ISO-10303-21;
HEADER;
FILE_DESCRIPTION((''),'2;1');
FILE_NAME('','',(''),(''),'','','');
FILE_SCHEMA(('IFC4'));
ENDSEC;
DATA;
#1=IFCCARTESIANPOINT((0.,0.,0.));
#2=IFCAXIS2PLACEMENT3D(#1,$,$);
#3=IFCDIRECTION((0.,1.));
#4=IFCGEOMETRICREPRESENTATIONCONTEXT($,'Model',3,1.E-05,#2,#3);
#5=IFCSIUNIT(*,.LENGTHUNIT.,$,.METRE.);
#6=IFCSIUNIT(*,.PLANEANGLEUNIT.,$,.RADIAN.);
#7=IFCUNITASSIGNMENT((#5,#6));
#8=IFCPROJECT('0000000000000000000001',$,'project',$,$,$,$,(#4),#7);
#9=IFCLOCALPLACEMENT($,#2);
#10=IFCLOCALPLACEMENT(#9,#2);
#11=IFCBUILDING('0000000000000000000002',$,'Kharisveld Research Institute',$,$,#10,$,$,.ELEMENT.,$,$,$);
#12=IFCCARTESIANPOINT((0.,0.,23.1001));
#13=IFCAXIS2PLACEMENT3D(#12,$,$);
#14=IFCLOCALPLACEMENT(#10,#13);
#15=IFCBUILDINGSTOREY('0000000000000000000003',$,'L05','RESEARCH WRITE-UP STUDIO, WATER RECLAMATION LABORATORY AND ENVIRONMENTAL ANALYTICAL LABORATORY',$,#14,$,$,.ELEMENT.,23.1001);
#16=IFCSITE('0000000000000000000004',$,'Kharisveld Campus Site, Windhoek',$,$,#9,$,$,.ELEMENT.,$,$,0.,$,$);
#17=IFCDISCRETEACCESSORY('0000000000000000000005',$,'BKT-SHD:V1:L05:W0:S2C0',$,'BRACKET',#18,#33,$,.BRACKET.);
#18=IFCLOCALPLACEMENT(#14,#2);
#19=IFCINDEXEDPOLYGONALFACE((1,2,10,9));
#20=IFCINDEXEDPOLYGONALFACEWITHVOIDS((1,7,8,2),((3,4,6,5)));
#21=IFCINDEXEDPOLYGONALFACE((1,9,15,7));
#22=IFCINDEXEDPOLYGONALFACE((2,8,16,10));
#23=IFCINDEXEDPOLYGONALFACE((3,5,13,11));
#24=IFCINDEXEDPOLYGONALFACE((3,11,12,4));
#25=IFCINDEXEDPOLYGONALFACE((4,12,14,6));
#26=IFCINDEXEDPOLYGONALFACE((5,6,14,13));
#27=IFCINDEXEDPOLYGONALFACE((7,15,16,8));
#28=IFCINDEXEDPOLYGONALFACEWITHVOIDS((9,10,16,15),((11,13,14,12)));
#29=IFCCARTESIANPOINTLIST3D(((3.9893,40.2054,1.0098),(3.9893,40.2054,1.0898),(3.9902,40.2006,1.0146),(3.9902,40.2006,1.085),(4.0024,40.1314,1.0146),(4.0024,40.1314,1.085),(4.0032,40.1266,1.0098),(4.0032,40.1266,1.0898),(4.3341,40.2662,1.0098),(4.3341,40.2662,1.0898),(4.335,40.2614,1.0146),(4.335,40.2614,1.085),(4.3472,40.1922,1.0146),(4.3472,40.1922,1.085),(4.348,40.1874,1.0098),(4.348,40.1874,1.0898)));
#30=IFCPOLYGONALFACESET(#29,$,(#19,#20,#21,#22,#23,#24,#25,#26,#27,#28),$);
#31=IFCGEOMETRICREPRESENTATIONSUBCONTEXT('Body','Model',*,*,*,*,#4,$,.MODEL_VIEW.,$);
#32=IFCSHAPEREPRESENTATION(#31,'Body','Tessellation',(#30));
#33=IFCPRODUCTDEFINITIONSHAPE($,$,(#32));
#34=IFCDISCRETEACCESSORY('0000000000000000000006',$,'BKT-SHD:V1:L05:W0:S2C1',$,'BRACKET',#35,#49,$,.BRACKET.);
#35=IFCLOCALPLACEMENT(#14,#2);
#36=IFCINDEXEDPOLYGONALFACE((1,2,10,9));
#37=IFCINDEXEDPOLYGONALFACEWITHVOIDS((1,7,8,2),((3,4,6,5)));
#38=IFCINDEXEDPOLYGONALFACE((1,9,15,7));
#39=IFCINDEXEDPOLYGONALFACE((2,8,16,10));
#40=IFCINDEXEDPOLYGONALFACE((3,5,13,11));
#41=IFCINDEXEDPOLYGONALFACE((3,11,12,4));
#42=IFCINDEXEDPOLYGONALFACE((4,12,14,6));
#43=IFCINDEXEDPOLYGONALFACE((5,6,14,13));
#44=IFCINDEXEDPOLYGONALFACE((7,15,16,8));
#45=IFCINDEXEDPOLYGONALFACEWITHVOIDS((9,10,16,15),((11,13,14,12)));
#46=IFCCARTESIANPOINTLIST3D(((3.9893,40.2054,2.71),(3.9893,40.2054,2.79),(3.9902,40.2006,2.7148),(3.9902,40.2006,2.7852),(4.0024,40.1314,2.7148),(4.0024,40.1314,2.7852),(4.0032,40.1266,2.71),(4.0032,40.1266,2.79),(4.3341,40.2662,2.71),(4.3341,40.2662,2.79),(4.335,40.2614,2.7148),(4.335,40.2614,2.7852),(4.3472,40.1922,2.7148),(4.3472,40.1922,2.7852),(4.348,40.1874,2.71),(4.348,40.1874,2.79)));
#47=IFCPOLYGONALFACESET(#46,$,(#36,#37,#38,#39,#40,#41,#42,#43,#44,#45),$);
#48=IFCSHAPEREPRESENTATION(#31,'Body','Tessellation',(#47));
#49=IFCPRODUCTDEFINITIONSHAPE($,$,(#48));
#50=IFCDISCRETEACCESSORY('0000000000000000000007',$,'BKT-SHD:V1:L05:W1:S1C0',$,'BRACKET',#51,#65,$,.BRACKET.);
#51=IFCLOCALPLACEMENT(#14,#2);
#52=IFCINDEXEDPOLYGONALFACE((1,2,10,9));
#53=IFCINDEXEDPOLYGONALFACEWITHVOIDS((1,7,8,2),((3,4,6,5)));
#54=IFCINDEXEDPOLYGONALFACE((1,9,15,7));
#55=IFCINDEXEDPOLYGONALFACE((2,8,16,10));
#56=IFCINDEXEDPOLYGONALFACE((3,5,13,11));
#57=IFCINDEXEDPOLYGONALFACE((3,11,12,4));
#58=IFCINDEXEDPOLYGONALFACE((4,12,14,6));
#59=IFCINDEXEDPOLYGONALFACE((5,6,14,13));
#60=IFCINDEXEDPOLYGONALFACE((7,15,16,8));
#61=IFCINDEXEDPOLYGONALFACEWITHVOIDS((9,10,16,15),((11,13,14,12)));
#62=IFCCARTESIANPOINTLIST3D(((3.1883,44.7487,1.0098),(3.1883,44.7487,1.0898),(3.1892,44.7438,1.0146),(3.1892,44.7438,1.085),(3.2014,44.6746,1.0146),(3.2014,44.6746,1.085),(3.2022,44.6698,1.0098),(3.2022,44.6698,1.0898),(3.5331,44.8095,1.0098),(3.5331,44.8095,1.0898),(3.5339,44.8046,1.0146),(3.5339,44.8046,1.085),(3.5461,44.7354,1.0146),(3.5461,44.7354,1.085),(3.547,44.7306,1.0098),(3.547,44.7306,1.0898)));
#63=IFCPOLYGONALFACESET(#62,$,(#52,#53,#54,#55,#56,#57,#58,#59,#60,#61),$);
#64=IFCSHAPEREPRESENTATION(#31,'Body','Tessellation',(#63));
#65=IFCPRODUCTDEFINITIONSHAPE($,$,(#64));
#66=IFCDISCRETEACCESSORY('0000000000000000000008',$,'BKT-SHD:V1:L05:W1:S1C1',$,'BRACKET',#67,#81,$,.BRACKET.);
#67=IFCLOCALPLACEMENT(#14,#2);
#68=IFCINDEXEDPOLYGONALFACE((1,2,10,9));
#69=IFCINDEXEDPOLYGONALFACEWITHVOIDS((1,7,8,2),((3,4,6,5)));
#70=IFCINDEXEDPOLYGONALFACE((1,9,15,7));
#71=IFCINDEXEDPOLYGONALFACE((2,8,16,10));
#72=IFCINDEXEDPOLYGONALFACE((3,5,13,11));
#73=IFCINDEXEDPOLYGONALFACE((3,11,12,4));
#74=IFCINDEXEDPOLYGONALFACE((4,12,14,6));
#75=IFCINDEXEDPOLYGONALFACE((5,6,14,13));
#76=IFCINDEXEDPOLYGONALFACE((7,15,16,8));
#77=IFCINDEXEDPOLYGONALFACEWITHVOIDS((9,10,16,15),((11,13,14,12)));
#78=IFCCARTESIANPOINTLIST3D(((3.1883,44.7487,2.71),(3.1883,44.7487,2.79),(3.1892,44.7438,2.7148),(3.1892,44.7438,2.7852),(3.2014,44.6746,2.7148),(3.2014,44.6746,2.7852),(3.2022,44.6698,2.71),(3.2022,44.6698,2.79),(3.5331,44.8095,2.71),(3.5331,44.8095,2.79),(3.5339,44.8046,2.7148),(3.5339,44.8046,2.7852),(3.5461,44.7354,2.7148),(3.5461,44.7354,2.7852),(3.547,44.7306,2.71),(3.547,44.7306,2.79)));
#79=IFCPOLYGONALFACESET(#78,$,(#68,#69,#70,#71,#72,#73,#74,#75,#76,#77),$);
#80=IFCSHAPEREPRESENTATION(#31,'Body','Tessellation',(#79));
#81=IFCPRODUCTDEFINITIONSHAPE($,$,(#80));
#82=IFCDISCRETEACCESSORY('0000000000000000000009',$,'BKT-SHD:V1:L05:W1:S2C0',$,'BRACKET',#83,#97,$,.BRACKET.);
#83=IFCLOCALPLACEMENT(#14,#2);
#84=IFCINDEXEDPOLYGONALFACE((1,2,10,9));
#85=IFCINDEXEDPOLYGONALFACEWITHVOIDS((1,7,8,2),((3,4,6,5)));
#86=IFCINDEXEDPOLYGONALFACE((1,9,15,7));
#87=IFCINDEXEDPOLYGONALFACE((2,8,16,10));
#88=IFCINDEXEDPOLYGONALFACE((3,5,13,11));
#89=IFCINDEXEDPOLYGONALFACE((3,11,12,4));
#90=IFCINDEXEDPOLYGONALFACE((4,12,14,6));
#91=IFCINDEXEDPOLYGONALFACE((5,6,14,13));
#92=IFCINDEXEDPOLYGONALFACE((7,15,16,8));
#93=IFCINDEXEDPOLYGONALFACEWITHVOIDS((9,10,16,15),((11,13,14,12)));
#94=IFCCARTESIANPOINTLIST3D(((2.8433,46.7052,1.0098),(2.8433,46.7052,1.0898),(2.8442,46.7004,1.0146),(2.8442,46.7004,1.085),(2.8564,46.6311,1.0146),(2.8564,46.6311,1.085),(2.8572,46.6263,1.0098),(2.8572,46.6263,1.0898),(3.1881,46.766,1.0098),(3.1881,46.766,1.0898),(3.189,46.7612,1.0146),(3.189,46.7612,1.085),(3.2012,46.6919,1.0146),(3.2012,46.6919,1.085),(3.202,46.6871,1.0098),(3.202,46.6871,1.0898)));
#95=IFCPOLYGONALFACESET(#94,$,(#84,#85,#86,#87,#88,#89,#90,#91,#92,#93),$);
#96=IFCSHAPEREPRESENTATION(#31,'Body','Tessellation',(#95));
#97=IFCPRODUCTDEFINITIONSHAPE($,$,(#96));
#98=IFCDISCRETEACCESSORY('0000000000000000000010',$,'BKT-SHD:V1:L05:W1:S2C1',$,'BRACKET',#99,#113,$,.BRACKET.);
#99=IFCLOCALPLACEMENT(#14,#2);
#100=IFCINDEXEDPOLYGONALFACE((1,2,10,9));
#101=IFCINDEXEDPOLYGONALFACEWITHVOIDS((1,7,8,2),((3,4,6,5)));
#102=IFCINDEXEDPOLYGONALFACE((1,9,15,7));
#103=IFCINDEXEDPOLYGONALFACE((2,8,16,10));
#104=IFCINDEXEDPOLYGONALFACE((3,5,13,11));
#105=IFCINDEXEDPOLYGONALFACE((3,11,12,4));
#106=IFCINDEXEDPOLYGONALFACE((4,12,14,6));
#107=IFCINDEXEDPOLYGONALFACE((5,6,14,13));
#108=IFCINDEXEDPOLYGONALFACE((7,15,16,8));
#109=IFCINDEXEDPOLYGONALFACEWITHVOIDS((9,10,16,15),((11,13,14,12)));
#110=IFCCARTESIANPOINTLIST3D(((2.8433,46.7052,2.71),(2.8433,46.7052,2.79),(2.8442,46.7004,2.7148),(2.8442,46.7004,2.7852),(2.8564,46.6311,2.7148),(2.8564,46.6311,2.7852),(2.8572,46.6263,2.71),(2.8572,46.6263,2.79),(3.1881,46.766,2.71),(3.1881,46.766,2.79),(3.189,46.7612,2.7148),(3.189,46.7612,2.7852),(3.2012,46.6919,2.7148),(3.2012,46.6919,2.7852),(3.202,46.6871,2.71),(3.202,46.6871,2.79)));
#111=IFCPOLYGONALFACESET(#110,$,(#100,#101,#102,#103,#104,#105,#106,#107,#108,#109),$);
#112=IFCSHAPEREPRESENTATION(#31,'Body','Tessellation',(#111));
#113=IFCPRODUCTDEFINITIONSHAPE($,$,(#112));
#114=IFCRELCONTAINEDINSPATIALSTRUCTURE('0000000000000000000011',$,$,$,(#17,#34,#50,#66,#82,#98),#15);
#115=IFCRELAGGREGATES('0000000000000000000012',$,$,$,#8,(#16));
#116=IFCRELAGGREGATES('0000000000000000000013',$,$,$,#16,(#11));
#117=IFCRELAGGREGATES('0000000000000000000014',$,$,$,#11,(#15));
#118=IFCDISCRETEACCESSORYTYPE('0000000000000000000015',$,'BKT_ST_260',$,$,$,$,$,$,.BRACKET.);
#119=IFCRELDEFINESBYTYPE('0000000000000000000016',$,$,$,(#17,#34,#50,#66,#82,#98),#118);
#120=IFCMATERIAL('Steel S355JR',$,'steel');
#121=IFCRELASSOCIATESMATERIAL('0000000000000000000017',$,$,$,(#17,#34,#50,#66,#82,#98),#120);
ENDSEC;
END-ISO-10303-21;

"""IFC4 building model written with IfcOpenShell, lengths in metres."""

from ifc_helpers import new_model, si_unit, direction, frame, origin, origin_2d, place, context, subcontext, project, spatial, hollow_rectangle, extrude, material, type_object, element, save


model = new_model("IFC4")

# Units and contexts
model_context = context("Model", 3, precision=1e-05, world=origin(), true_north=direction((0.0, 1.0)))
body_context = subcontext(model_context, "Body", "Model", "MODEL_VIEW")
ifc_project = project(units=[si_unit("LENGTHUNIT", "METRE"), si_unit("PLANEANGLEUNIT", "RADIAN")], contexts=[model_context])

# Site, building, storey
site_placement = place(None, origin())
site = spatial("IfcSite", under=ifc_project, at=site_placement, Name="Kharisveld Campus Site, Windhoek", CompositionType="ELEMENT", RefElevation=0.0)
building_placement = place(site_placement, origin())
building = spatial("IfcBuilding", under=site, at=building_placement, Name="Kharisveld Research Institute", CompositionType="ELEMENT")
storey_placement = place(building_placement, frame((0.0, 0.0, 23.1001)))
storey = spatial("IfcBuildingStorey", under=building, at=storey_placement, Name="L05", Description="RESEARCH WRITE-UP STUDIO, WATER RECLAMATION LABORATORY AND ENVIRONMENTAL ANALYTICAL LABORATORY", CompositionType="ELEMENT", Elevation=23.1001)

# Discrete accessories
ifc_material_1 = material(Name="Steel S355JR", Category="steel")
discrete_accessory_type = type_object("IfcDiscreteAccessoryType", Name="BKT_ST_260", PredefinedType="BRACKET")
for number, where, z_axis, x_axis, name in (
    (1, (4.3411, 40.2268, 1.0498), (-0.984805, -0.173666, 0.0), (0.173666, -0.984805, 0.0), "BKT-SHD:V1:L05:W0:S2C0"),
    (2, (4.3411, 40.2268, 2.75), (-0.984805, -0.173666, 0.0), (0.173666, -0.984805, 0.0), "BKT-SHD:V1:L05:W0:S2C1"),
    (3, (3.54, 44.77, 1.0498), (-0.984805, -0.173666, 0.0), (0.173666, -0.984805, 0.0), "BKT-SHD:V1:L05:W1:S1C0"),
    (4, (3.54, 44.77, 2.75), (-0.984805, -0.173666, 0.0), (0.173666, -0.984805, 0.0), "BKT-SHD:V1:L05:W1:S1C1"),
    (5, (3.1951, 46.7266, 1.0498), (-0.984805, -0.173666, 0.0), (0.173666, -0.984805, 0.0), "BKT-SHD:V1:L05:W1:S2C0"),
    (6, (3.1951, 46.7266, 2.75), (-0.984805, -0.173666, 0.0), (0.173666, -0.984805, 0.0), "BKT-SHD:V1:L05:W1:S2C1"),
):
    element("IfcDiscreteAccessory", number, at=place(storey_placement, frame(where, z_axis=z_axis, x_axis=x_axis)), inside=storey, type_object=discrete_accessory_type, material=ifc_material_1, Name=name, ObjectType="BRACKET", PredefinedType="BRACKET", context=body_context, shape_type="SweptSolid", body=[
        extrude(hollow_rectangle(XDim=0.0801, YDim=0.0801, WallThickness=0.0049, at=origin_2d()), origin(), (0.0, 0.0, 1.0), 0.3501),
    ])

save(model, "model.ifc")
